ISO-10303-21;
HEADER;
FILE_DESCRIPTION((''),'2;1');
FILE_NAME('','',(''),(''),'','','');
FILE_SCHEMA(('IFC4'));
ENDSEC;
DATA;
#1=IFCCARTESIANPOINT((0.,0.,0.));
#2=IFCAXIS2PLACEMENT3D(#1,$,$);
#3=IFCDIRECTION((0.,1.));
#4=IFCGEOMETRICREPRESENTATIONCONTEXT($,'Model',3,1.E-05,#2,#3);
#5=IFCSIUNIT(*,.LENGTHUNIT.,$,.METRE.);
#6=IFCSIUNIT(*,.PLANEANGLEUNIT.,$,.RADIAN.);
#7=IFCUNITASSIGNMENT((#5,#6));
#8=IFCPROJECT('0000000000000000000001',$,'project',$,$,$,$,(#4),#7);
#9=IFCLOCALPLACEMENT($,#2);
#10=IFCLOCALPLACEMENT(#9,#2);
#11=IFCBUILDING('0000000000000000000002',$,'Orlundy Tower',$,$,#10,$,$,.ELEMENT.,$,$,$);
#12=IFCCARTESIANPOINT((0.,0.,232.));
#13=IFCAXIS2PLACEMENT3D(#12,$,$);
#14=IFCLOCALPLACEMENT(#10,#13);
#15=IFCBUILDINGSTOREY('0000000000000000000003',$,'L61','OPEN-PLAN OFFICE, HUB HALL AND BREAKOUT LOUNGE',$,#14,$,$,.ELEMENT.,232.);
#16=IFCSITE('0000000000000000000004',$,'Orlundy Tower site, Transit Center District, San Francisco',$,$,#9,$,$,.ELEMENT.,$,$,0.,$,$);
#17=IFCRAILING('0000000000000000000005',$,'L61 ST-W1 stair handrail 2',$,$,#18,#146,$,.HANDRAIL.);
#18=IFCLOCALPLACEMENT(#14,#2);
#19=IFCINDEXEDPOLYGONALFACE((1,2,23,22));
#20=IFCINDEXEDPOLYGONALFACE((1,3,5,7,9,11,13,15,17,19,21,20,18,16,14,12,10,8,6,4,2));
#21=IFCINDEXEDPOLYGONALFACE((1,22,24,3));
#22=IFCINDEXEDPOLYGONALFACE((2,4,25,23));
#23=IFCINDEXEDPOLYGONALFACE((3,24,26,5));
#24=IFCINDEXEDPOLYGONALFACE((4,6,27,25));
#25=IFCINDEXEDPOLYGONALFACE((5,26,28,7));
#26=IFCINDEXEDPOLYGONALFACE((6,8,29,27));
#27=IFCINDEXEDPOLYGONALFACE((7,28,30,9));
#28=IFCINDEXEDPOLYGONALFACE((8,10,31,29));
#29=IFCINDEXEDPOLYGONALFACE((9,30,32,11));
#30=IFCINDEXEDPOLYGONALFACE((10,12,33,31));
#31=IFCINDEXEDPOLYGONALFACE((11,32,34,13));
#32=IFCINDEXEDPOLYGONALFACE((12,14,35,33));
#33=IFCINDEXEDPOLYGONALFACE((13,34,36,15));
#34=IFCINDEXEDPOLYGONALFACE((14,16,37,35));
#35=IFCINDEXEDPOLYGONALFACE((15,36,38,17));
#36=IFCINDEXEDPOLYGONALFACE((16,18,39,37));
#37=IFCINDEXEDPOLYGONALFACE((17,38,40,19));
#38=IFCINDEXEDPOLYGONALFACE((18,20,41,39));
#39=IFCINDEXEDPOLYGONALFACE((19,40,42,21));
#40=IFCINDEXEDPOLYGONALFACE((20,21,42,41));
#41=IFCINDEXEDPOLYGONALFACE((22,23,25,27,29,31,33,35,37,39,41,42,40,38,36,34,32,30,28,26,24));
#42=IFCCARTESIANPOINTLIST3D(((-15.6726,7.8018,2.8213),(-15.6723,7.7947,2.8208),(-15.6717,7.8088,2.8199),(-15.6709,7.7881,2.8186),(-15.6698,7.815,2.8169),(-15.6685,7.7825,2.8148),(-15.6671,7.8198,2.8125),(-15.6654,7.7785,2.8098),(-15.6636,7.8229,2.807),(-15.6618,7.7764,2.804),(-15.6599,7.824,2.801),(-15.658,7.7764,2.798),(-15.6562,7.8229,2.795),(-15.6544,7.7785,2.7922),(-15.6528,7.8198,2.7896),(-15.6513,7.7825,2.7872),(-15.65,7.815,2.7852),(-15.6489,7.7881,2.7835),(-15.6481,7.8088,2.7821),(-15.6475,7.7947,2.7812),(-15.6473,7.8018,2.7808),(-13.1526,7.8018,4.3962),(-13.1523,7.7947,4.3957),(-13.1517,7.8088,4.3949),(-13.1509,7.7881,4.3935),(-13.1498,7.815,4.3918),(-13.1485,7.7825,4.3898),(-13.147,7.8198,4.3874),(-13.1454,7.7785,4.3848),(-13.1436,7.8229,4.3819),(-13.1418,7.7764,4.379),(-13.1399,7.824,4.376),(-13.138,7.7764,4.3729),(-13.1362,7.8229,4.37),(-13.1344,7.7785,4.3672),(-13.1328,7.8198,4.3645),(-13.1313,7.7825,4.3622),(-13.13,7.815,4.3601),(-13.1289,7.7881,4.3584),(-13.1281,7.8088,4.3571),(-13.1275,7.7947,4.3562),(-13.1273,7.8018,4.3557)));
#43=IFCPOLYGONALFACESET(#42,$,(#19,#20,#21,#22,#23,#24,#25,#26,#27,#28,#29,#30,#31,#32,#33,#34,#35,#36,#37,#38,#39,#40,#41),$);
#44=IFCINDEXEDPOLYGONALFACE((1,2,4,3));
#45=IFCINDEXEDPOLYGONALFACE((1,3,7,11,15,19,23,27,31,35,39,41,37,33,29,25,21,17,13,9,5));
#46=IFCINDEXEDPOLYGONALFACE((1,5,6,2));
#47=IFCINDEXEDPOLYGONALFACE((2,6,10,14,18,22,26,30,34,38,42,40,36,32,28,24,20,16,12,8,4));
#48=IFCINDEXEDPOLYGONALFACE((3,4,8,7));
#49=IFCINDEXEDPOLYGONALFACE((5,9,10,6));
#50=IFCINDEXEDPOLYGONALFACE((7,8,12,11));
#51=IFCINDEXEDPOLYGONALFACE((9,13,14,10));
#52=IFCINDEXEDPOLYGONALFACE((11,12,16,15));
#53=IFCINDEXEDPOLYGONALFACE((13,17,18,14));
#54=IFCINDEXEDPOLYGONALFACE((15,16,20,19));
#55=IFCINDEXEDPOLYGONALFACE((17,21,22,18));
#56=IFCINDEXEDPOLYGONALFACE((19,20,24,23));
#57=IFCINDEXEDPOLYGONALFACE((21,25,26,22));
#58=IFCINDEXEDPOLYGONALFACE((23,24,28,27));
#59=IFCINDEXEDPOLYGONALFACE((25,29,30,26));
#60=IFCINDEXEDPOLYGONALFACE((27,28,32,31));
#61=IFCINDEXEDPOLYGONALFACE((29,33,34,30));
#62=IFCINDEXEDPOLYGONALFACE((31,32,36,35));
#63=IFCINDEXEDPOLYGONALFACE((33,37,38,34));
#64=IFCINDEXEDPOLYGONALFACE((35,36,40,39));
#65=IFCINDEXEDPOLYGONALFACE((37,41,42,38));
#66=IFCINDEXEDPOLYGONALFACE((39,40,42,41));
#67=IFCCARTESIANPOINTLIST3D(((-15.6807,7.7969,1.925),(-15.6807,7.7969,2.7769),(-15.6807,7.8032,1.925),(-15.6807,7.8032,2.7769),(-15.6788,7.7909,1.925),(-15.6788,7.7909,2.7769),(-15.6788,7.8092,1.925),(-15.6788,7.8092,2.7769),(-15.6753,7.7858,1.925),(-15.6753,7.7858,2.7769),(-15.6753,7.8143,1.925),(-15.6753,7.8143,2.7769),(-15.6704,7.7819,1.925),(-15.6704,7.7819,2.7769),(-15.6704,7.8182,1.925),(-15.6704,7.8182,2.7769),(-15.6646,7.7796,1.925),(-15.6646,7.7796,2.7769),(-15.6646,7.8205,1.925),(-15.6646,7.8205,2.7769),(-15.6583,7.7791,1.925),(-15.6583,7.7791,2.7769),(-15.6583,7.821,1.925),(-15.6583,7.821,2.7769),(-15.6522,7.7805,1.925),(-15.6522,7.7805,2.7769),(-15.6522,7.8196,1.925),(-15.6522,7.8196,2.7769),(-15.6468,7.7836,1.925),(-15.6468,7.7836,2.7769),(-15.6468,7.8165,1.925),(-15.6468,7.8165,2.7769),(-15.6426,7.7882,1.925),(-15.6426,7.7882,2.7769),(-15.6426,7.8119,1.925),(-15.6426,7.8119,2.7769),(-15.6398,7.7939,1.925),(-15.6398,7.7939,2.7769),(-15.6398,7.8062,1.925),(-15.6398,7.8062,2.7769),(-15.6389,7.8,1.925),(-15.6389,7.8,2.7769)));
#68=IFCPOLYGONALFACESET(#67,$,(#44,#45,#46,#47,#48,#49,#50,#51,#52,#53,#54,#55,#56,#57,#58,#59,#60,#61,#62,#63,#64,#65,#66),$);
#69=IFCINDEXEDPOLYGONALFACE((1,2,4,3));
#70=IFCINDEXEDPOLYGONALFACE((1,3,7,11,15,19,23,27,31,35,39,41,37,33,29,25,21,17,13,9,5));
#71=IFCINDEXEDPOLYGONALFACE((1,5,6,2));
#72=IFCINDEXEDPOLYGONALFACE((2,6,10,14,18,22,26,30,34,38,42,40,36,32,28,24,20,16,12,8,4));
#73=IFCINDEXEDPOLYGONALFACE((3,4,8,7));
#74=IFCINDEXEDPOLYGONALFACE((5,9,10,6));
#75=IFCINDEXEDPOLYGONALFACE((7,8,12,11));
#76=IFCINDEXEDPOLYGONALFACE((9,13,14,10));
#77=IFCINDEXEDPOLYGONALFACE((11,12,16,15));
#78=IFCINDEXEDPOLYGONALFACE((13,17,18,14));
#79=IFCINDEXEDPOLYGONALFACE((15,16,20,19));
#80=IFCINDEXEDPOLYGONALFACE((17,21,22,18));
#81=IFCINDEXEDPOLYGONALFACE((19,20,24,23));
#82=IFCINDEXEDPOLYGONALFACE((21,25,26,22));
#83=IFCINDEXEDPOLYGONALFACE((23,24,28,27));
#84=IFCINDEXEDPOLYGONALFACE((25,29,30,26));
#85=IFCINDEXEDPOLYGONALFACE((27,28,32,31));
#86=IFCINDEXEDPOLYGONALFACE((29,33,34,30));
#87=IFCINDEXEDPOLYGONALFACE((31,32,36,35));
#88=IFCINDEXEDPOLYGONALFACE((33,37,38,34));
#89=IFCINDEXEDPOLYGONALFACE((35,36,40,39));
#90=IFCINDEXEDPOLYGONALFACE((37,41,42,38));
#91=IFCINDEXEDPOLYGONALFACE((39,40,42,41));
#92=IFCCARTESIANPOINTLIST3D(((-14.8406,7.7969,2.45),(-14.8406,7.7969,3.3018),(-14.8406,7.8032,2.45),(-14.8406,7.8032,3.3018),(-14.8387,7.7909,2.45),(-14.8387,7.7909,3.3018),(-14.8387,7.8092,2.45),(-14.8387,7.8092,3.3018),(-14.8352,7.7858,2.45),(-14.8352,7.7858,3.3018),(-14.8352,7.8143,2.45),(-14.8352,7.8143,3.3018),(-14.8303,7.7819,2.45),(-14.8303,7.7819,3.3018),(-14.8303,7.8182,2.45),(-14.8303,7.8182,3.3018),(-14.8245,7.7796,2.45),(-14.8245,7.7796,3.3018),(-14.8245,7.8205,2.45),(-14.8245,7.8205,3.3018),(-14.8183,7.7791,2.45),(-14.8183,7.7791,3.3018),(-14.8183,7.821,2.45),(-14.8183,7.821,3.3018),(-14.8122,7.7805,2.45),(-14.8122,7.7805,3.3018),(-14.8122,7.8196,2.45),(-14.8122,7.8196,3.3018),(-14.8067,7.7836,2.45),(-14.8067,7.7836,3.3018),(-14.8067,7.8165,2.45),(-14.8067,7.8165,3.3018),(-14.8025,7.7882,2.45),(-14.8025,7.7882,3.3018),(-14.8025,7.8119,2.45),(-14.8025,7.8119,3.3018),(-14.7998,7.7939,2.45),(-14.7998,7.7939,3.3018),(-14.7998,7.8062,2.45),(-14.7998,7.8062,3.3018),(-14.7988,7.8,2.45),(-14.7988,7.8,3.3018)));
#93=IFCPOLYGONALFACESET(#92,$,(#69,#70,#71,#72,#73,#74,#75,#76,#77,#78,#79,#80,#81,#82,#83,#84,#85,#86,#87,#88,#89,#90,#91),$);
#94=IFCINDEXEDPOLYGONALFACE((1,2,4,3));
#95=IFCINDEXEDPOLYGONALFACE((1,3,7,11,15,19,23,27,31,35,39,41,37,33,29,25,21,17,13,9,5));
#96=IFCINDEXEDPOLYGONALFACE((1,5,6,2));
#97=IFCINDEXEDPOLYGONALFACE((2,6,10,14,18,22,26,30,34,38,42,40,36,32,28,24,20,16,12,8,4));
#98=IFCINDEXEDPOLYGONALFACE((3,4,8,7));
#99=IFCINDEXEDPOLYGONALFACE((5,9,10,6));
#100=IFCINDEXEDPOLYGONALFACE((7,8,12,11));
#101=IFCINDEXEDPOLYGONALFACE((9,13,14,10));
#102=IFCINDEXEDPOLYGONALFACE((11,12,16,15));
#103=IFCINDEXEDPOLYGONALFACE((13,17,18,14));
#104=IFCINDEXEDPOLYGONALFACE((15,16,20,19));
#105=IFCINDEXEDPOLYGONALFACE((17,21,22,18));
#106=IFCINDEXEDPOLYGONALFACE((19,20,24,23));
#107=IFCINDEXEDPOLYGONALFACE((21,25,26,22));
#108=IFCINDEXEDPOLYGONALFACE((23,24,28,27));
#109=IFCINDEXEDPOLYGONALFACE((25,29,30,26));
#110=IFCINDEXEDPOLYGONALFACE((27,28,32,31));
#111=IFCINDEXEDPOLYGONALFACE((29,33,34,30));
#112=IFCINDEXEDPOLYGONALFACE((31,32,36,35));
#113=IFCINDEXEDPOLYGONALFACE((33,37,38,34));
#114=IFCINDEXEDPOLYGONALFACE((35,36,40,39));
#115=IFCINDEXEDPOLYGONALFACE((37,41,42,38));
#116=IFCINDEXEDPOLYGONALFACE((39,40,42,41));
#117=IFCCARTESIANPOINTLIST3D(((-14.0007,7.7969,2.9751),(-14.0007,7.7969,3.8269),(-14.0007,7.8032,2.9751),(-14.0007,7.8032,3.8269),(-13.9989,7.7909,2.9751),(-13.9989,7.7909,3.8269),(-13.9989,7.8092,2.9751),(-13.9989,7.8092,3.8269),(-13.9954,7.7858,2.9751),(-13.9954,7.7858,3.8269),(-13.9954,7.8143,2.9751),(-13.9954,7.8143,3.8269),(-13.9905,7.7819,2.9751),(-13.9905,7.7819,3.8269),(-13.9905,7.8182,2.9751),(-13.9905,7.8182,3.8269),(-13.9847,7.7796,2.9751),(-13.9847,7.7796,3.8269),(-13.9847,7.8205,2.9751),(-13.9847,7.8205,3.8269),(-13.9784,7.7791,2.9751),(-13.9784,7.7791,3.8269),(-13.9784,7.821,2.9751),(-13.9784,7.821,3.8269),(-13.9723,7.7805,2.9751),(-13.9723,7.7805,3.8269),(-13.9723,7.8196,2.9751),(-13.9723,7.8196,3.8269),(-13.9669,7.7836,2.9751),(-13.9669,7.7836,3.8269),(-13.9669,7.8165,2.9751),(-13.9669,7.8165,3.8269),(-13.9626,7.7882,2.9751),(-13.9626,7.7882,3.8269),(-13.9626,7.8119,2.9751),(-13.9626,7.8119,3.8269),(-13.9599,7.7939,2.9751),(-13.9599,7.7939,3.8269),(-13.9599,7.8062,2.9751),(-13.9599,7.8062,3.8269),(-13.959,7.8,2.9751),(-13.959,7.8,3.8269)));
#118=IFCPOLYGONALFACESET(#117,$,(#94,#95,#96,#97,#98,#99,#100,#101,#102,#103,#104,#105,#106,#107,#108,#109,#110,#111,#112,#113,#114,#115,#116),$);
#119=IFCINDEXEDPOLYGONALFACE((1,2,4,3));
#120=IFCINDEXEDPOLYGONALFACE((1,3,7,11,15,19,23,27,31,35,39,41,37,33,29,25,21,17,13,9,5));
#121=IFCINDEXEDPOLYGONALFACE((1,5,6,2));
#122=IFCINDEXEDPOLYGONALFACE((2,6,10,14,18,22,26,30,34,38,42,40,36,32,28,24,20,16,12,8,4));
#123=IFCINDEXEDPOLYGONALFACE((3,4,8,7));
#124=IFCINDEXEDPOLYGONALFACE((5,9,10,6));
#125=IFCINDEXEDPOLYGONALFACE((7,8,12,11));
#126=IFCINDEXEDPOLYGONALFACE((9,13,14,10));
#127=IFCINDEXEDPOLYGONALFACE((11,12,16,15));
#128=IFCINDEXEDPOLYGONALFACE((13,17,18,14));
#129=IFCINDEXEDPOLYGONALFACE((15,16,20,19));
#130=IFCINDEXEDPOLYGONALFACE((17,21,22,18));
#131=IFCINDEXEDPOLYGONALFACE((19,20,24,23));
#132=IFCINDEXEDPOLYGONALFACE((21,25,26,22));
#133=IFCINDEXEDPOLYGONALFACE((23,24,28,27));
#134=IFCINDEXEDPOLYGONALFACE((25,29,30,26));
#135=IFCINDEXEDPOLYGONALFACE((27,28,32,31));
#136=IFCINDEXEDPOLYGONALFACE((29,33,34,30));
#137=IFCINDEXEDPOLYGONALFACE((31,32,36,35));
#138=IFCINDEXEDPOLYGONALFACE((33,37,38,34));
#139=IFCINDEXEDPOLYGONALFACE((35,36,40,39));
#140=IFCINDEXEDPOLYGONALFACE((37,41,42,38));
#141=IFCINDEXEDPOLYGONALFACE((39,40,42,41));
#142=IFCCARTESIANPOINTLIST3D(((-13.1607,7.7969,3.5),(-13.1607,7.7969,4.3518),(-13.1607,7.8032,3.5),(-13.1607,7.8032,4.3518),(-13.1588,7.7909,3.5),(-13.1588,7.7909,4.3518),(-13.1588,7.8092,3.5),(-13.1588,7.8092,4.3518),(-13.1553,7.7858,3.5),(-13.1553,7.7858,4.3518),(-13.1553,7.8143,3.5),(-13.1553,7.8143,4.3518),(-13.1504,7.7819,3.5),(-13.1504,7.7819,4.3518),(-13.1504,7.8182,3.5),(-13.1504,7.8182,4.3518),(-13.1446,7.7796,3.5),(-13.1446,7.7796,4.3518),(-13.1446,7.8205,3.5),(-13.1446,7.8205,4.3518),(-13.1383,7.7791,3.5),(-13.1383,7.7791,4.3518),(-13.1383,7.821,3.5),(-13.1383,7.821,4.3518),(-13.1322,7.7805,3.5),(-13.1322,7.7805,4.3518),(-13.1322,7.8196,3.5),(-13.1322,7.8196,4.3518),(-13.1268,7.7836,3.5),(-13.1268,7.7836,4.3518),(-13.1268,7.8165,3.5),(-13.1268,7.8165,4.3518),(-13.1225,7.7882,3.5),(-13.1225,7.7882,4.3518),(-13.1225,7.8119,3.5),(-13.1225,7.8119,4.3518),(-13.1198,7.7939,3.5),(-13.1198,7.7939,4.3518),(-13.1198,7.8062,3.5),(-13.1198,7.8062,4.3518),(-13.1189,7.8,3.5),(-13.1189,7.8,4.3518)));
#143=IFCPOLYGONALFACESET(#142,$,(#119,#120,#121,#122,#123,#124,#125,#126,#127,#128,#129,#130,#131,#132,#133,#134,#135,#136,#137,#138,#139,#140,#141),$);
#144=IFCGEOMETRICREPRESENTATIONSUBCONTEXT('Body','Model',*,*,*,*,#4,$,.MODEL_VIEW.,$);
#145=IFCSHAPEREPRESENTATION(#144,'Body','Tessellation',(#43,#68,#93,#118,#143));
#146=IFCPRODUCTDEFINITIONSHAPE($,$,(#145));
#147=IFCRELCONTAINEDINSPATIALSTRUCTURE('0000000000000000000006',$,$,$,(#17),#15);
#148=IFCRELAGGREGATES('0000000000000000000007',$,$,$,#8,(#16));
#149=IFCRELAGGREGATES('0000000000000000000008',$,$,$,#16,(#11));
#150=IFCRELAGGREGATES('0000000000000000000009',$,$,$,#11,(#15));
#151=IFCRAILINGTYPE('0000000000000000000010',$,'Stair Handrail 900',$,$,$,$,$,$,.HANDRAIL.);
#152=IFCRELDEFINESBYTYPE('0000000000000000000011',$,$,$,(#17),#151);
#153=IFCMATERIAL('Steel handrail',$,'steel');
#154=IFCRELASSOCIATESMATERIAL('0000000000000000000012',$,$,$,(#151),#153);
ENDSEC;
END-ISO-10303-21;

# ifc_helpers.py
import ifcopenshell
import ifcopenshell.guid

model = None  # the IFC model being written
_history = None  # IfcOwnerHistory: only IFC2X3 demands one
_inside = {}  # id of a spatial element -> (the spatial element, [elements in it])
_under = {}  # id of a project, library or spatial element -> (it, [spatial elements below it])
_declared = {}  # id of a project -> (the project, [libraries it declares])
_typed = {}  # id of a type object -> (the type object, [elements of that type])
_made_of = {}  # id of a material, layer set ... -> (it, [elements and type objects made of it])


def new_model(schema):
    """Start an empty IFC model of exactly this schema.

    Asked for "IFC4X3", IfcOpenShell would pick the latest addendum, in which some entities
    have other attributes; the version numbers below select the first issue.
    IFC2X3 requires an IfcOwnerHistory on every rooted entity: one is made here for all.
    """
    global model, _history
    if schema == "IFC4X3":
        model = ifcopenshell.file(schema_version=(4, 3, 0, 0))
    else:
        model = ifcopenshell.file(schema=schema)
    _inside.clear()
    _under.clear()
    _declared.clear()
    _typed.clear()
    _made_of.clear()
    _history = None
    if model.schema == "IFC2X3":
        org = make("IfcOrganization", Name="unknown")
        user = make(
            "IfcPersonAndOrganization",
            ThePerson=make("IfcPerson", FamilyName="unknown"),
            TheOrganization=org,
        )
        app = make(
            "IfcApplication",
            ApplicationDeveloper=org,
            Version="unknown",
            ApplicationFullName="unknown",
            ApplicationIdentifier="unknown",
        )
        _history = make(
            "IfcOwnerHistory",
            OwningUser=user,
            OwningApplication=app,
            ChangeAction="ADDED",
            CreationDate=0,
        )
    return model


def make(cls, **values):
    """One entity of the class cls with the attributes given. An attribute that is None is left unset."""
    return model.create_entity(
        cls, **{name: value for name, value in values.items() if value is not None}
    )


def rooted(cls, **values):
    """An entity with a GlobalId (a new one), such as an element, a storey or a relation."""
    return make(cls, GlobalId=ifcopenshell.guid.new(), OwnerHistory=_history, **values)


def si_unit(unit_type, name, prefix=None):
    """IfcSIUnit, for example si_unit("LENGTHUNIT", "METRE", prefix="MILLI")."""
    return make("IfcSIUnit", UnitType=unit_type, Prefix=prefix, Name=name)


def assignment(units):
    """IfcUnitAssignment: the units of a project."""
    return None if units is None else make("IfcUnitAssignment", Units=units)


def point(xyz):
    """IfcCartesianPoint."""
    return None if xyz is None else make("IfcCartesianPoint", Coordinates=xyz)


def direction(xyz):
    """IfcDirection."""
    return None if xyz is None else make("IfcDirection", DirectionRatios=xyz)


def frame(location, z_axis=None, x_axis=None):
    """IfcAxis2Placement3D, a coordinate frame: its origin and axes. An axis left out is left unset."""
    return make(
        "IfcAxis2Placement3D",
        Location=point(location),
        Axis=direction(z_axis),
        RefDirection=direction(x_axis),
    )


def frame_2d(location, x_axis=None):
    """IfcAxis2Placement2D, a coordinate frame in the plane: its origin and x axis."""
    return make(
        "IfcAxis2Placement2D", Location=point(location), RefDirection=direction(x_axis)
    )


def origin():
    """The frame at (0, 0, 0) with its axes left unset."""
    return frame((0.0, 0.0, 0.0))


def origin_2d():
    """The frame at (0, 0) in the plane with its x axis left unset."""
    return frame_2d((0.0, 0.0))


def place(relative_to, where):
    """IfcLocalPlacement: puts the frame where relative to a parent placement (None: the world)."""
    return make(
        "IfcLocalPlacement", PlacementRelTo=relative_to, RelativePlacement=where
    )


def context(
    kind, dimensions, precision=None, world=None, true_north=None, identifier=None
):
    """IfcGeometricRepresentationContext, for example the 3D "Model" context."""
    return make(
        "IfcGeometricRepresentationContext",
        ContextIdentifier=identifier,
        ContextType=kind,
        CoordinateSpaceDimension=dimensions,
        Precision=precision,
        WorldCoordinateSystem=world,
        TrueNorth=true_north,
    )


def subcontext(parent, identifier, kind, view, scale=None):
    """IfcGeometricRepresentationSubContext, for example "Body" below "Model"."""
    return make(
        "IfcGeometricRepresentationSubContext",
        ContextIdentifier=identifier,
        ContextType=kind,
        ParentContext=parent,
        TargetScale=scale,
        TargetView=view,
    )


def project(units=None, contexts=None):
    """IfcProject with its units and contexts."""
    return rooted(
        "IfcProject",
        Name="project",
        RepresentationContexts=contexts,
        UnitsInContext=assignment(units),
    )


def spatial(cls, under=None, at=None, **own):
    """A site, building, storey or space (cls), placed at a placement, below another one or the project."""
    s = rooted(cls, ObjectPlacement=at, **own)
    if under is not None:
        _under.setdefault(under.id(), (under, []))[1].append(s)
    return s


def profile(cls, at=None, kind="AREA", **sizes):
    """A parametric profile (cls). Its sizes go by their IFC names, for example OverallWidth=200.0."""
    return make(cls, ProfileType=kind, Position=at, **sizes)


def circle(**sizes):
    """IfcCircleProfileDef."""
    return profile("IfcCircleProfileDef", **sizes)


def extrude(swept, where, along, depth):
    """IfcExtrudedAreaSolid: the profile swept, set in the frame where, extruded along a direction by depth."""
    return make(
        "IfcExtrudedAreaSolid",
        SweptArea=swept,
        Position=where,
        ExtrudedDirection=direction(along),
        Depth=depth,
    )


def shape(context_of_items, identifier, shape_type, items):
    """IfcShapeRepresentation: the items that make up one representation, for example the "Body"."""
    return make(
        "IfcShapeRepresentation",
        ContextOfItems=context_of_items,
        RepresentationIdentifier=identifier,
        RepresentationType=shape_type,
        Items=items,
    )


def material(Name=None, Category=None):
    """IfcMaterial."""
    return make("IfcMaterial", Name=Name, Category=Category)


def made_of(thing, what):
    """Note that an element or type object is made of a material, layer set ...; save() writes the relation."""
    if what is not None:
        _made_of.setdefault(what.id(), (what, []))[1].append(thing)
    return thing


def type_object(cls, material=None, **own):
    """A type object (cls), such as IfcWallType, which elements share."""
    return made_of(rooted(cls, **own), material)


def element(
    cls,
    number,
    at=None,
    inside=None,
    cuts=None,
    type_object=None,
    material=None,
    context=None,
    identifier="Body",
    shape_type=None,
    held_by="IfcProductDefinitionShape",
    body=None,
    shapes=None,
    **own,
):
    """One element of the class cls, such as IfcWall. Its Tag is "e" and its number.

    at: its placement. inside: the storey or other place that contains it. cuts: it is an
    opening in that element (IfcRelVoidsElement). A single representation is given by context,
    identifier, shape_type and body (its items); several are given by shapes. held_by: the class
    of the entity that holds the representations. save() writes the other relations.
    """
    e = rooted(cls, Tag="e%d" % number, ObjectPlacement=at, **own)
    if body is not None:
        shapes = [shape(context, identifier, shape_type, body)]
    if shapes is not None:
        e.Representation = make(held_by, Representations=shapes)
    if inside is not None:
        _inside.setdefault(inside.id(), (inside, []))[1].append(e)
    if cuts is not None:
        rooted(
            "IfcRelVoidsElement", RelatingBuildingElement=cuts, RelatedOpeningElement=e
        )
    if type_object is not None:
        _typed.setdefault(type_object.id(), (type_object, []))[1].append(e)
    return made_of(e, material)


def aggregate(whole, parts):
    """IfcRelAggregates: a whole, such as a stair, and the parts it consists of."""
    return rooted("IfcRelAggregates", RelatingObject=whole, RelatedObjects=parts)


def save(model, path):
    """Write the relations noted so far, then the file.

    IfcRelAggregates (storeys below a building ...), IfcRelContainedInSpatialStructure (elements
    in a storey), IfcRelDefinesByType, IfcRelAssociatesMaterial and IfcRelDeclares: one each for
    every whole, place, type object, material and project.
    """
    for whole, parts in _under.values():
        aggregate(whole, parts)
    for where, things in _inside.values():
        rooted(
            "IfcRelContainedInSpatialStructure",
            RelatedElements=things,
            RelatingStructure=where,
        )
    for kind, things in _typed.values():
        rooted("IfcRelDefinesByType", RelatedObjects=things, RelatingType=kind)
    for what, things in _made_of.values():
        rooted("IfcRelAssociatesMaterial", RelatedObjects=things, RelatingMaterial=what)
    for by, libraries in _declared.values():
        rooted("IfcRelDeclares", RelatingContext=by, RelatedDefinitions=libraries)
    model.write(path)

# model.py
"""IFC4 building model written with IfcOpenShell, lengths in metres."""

from ifc_helpers import new_model, si_unit, direction, frame, origin, origin_2d, place, context, subcontext, project, spatial, circle, extrude, material, type_object, element, save


model = new_model("IFC4")

# Units and contexts
model_context = context("Model", 3, precision=1e-05, world=origin(), true_north=direction((0.0, 1.0)))
body_context = subcontext(model_context, "Body", "Model", "MODEL_VIEW")
ifc_project = project(units=[si_unit("LENGTHUNIT", "METRE"), si_unit("PLANEANGLEUNIT", "RADIAN")], contexts=[model_context])

# Site, building, storey
site_placement = place(None, origin())
site = spatial("IfcSite", under=ifc_project, at=site_placement, Name="Orlundy Tower site, Transit Center District, San Francisco", CompositionType="ELEMENT", RefElevation=0.0)
building_placement = place(site_placement, origin())
building = spatial("IfcBuilding", under=site, at=building_placement, Name="Orlundy Tower", CompositionType="ELEMENT")
storey_placement = place(building_placement, frame((0.0, 0.0, 232.0)))
storey = spatial("IfcBuildingStorey", under=building, at=storey_placement, Name="L61", Description="OPEN-PLAN OFFICE, HUB HALL AND BREAKOUT LOUNGE", CompositionType="ELEMENT", Elevation=232.0)

# Railing
ifc_material_1 = material(Name="Steel handrail", Category="steel")
railing_type_1 = type_object("IfcRailingType", Name="Stair Handrail 900", PredefinedType="HANDRAIL", material=ifc_material_1)
railing_1_placement = place(storey_placement, frame((-15.6599, 7.8, 1.925)))
element("IfcRailing", 1, at=railing_1_placement, inside=storey, type_object=railing_type_1, Name="L61 ST-W1 stair handrail 2", PredefinedType="HANDRAIL", context=body_context, shape_type="SweptSolid", body=[
    extrude(circle(Radius=0.0239, at=origin_2d()), frame((0.0, 0.0, 0.876), z_axis=(0.848008, 0.0, 0.529984), x_axis=(0.0, 1.0, 0.0)), (0.0, 0.0, 1.0), 2.9717),
    extrude(circle(Radius=0.021, at=origin_2d()), origin(), (0.0, 0.0, 1.0), 0.8518),
    extrude(circle(Radius=0.021, at=origin_2d()), frame((0.8401, 0.0, 0.5249)), (0.0, 0.0, 1.0), 0.8518),
    extrude(circle(Radius=0.021, at=origin_2d()), frame((1.6799, 0.0, 1.05)), (0.0, 0.0, 1.0), 0.8518),
    extrude(circle(Radius=0.021, at=origin_2d()), frame((2.52, 0.0, 1.575)), (0.0, 0.0, 1.0), 0.8518),
])

save(model, "model.ifc")
